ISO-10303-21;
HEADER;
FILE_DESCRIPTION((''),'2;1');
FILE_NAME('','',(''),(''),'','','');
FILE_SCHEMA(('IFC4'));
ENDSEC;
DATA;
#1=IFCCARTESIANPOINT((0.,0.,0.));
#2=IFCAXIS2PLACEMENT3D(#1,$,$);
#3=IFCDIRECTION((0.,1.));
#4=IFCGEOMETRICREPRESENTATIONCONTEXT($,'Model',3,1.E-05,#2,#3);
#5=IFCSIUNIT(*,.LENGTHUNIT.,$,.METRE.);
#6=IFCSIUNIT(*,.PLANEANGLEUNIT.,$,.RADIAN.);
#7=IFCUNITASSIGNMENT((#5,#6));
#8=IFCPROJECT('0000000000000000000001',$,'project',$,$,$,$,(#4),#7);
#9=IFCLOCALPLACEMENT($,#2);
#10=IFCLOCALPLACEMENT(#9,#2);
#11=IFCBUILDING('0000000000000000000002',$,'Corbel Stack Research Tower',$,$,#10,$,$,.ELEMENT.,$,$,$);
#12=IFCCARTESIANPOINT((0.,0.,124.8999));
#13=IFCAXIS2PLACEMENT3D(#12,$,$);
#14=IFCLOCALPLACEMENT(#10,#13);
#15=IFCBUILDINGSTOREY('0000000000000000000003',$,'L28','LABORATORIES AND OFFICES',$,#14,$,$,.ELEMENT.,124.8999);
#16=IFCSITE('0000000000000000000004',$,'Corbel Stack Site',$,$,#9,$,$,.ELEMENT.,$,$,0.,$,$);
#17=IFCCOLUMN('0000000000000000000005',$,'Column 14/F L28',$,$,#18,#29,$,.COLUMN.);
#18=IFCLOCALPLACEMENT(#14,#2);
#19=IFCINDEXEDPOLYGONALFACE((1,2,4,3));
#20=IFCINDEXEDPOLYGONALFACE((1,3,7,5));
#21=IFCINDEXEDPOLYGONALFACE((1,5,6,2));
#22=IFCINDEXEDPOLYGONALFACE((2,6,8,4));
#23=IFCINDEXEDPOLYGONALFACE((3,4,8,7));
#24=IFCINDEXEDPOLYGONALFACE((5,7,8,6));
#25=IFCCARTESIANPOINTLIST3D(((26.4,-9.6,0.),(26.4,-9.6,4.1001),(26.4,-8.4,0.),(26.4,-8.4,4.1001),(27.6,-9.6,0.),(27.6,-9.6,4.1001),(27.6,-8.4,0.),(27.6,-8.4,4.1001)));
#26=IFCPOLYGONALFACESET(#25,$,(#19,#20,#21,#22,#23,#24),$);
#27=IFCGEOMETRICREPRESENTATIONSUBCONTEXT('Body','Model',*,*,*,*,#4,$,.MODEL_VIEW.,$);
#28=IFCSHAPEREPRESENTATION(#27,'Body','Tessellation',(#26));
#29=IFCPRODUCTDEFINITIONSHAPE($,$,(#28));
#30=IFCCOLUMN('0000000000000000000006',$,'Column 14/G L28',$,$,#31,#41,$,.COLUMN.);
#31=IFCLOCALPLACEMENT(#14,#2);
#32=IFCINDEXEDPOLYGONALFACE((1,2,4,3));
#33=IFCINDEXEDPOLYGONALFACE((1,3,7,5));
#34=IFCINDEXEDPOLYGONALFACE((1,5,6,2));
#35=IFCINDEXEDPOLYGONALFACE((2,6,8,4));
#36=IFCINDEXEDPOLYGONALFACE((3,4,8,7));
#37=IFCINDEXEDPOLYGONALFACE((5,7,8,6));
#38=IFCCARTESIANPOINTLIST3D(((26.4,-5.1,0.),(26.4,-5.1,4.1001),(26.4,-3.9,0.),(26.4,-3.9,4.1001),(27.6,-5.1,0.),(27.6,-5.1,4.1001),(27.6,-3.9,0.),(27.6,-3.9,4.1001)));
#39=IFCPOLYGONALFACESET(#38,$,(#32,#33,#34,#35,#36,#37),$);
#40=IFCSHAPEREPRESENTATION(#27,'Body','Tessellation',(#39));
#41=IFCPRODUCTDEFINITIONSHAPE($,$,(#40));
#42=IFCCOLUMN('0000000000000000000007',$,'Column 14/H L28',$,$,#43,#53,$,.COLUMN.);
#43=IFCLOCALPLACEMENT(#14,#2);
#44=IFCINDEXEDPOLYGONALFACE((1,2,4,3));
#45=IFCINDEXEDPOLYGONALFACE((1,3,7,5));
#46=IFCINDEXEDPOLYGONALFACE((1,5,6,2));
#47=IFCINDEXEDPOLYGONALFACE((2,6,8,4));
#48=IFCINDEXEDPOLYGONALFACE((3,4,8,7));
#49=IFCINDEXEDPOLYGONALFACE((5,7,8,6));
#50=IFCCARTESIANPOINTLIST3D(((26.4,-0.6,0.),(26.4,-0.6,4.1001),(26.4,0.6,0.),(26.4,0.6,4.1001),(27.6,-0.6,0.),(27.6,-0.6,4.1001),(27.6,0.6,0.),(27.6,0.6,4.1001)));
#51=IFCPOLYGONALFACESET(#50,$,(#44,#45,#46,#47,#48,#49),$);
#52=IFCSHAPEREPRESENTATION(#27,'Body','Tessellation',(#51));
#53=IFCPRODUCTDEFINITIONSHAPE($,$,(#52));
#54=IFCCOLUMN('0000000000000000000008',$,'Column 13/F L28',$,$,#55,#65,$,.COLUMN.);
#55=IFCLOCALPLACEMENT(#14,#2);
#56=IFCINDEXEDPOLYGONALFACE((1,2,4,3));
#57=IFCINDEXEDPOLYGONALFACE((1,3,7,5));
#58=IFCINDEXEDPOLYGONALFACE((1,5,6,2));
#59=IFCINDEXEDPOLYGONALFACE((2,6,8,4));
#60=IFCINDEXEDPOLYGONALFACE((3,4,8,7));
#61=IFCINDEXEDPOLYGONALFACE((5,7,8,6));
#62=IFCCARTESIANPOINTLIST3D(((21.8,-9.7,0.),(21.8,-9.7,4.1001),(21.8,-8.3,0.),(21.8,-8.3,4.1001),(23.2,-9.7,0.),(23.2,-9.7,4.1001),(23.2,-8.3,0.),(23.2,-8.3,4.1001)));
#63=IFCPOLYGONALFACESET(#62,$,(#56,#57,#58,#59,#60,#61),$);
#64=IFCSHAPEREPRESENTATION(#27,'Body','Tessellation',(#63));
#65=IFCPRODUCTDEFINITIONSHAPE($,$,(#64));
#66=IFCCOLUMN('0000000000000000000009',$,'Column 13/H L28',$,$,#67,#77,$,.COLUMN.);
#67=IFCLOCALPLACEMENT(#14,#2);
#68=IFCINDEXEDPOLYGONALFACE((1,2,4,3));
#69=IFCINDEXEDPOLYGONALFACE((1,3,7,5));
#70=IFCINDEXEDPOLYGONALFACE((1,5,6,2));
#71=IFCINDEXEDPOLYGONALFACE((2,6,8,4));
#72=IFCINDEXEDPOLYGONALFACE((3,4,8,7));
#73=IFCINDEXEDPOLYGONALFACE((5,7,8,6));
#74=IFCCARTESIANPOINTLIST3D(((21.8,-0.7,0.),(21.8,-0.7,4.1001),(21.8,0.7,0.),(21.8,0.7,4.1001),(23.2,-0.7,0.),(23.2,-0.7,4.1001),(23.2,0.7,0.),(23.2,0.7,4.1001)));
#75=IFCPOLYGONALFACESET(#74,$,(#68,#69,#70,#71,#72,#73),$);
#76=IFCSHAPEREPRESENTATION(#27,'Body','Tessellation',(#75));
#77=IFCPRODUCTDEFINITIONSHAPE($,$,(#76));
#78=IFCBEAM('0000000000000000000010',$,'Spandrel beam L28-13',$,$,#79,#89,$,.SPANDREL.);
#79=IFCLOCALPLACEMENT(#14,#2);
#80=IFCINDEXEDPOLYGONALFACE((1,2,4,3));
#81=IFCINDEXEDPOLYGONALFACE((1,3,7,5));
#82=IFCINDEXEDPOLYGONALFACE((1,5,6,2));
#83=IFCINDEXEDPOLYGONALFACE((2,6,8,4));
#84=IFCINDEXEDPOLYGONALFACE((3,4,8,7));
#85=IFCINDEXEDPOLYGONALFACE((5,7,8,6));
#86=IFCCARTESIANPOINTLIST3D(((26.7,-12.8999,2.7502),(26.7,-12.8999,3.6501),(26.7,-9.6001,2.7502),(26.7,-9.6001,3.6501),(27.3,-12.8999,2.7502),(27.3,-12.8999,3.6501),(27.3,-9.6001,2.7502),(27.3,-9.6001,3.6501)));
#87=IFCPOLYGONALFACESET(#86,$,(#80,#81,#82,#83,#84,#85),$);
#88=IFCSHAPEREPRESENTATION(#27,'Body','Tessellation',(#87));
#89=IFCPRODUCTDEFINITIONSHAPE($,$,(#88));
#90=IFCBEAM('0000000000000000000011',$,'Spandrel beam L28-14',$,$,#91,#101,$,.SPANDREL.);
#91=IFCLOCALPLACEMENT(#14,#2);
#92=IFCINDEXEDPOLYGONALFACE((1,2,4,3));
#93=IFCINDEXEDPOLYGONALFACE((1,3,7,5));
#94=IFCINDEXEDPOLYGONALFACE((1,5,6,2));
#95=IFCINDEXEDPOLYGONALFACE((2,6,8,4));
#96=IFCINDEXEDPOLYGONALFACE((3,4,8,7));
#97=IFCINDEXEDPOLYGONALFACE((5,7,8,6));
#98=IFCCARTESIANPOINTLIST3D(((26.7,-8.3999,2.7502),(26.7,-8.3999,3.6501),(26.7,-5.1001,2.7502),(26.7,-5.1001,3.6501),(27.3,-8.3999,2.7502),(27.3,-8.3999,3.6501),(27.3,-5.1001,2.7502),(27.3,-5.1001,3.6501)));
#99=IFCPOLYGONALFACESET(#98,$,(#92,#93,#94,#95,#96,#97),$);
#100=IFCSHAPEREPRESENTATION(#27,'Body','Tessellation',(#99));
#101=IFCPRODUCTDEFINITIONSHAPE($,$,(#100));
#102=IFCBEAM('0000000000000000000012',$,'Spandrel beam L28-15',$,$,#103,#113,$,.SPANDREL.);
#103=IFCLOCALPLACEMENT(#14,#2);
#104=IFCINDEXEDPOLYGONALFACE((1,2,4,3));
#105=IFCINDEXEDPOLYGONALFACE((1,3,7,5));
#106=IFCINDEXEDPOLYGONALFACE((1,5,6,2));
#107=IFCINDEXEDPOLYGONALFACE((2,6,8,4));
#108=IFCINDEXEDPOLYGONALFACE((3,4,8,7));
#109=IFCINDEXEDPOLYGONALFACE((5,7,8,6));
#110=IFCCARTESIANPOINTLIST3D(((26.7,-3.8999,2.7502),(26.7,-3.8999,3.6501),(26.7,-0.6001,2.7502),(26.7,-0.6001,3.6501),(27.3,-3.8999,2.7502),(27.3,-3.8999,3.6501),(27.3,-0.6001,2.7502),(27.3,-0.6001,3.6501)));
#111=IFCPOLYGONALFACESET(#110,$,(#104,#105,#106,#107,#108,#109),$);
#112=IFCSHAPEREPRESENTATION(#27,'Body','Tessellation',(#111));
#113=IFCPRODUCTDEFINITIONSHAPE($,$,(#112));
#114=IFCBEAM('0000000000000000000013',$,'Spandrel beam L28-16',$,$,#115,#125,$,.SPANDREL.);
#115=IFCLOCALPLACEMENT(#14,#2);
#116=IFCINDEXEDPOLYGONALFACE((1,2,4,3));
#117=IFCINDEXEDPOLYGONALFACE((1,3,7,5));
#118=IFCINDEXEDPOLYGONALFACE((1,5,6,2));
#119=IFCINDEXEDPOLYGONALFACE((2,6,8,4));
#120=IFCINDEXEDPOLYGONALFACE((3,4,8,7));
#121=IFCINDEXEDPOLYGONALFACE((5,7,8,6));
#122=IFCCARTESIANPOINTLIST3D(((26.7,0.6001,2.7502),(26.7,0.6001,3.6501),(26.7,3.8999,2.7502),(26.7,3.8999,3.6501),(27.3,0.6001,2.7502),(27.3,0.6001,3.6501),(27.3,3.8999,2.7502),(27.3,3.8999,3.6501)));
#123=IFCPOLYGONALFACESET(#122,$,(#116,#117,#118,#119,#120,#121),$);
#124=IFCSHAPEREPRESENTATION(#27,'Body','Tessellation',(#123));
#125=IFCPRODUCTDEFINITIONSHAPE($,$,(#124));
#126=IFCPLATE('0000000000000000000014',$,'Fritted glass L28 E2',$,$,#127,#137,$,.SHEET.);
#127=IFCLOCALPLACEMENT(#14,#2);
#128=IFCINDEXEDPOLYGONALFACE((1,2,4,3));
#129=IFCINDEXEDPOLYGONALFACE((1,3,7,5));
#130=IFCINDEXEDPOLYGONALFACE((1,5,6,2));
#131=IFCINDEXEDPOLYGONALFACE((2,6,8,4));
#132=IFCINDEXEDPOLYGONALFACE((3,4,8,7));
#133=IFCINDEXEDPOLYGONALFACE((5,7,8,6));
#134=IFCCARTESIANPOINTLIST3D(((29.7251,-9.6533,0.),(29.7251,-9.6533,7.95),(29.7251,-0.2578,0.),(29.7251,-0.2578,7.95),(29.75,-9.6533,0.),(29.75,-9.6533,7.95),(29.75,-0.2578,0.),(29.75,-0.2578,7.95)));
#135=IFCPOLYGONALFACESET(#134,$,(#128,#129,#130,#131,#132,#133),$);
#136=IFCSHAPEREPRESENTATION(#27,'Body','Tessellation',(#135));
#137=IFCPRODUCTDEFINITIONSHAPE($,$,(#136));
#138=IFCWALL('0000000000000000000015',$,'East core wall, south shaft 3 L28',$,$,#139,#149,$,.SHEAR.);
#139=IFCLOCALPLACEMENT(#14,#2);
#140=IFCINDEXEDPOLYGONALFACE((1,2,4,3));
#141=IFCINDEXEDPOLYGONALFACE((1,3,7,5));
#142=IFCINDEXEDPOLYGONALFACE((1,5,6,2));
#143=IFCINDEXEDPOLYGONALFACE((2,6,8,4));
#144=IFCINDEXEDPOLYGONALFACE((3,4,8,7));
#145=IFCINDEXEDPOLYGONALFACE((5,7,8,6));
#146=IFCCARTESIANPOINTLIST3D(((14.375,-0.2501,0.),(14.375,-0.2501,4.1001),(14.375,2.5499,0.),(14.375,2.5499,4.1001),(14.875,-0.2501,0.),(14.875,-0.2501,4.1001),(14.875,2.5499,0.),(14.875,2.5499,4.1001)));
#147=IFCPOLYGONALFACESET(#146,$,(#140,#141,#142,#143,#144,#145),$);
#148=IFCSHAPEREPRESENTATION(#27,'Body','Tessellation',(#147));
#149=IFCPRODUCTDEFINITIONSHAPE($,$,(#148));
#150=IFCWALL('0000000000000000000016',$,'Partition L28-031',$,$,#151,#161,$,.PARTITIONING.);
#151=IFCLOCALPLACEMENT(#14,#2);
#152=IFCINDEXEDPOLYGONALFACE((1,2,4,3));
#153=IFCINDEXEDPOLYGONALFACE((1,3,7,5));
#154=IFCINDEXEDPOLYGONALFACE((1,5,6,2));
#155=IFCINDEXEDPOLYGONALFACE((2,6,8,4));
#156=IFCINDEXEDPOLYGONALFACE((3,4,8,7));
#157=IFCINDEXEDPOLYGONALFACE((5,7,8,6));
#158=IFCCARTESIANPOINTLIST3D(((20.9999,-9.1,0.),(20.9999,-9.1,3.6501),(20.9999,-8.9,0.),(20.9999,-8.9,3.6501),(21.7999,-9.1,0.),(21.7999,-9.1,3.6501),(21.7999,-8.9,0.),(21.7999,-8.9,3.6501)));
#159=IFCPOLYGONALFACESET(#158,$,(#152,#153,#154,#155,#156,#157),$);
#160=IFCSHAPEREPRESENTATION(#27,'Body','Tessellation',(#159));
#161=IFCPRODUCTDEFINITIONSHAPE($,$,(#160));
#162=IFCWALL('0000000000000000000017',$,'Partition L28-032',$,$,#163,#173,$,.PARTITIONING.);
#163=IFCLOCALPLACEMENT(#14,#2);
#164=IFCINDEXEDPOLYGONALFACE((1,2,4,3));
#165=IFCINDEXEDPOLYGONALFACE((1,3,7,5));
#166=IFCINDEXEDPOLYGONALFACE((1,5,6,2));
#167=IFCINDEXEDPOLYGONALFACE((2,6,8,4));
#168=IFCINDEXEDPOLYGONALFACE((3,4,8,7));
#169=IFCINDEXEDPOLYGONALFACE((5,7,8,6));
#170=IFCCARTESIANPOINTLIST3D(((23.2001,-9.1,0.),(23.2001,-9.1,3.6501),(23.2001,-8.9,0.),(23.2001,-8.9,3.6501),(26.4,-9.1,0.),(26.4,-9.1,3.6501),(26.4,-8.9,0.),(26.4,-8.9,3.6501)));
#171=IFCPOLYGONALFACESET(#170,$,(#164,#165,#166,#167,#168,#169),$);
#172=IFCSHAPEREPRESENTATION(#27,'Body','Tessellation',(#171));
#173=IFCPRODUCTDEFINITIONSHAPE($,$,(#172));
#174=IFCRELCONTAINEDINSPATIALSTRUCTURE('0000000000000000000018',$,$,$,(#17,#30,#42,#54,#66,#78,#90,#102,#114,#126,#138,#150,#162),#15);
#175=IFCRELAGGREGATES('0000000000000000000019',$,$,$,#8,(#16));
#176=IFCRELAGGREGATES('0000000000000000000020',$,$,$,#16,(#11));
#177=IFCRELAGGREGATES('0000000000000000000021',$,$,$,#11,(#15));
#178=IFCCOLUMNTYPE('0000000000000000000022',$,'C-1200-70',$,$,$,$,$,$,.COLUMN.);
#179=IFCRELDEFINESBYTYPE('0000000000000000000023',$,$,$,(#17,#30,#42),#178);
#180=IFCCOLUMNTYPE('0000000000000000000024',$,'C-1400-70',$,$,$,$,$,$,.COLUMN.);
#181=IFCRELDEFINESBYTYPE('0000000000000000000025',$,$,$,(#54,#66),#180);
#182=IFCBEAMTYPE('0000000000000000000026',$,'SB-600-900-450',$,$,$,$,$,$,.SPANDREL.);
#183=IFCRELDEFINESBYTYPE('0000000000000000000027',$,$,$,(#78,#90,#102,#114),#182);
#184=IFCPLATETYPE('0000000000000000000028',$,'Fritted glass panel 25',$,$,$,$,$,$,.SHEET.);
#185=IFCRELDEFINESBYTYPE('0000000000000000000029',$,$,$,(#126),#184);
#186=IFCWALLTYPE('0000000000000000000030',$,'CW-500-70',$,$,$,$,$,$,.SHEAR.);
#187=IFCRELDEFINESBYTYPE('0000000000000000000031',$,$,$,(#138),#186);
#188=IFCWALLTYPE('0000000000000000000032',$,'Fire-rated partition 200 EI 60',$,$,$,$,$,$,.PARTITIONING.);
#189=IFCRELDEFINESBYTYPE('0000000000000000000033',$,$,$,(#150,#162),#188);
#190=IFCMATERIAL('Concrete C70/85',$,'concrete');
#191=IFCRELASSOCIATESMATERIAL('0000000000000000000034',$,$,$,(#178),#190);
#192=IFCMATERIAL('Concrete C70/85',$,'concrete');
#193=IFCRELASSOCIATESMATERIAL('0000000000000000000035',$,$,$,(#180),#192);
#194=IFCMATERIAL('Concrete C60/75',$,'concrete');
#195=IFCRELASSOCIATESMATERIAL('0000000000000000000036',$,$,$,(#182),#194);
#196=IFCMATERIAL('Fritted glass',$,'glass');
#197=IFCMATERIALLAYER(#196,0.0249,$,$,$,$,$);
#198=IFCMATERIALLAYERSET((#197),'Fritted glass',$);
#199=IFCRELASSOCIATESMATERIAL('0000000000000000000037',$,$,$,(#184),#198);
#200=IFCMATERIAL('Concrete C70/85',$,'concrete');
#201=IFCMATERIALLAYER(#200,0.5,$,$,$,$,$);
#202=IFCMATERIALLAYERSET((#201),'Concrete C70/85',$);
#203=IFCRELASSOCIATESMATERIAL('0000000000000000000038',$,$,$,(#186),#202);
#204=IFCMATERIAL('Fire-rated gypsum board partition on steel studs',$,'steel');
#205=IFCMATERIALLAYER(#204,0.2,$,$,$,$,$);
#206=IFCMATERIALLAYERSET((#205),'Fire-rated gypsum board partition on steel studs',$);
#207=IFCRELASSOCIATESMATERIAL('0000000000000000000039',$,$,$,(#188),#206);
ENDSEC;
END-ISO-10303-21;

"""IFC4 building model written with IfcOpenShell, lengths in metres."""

from ifc_helpers import new_model, si_unit, direction, frame, frame_2d, origin, origin_2d, place, context, subcontext, project, spatial, rectangle, extrude, material, layer, layer_set, material_profile, profile_set, type_object, element, save


model = new_model("IFC4")

# Units and contexts
model_context = context("Model", 3, precision=1e-05, world=origin(), true_north=direction((0.0, 1.0)))
body_context = subcontext(model_context, "Body", "Model", "MODEL_VIEW")
ifc_project = project(units=[si_unit("LENGTHUNIT", "METRE"), si_unit("PLANEANGLEUNIT", "RADIAN")], contexts=[model_context])

# Site, building, storey
site_placement = place(None, origin())
site = spatial("IfcSite", under=ifc_project, at=site_placement, Name="Corbel Stack Site", CompositionType="ELEMENT", RefElevation=0.0)
building_placement = place(site_placement, origin())
building = spatial("IfcBuilding", under=site, at=building_placement, Name="Corbel Stack Research Tower", CompositionType="ELEMENT")
storey_placement = place(building_placement, frame((0.0, 0.0, 124.8999)))
storey = spatial("IfcBuildingStorey", under=building, at=storey_placement, Name="L28", Description="LABORATORIES AND OFFICES", CompositionType="ELEMENT", Elevation=124.8999)

# Columns
ifc_material_1 = material(Name="Concrete C70/85", Category="concrete")
ifc_material_profile_1 = material_profile(ifc_material_1, rectangle(XDim=1.2, YDim=1.2, at=origin_2d()), Name="RC 1200 x 1200")
ifc_profile_set_1 = profile_set([ifc_material_profile_1], Name="Concrete C70/85")
column_type_1 = type_object("IfcColumnType", Name="C-1200-70", PredefinedType="COLUMN", material=ifc_profile_set_1)
for number, where, z_axis, x_axis, name in (
    (1, (27.0, -9.0, 0.0), (0.0, 0.0, 1.0), (1.0, 0.0, 0.0), "Column 14/F L28"),
    (2, (27.0, -4.5, 0.0), (0.0, 0.0, 1.0), (1.0, 0.0, 0.0), "Column 14/G L28"),
    (3, (27.0, 0.0, 0.0), (0.0, 0.0, 1.0), (1.0, 0.0, 0.0), "Column 14/H L28"),
):
    element("IfcColumn", number, at=place(storey_placement, frame(where, z_axis=z_axis, x_axis=x_axis)), inside=storey, type_object=column_type_1, Name=name, PredefinedType="COLUMN", context=body_context, shape_type="SweptSolid", body=[
        extrude(rectangle(XDim=1.2, YDim=1.2, at=origin_2d()), origin(), (0.0, 0.0, 1.0), 4.1001),
    ])
ifc_material_2 = material(Name="Concrete C70/85", Category="concrete")
ifc_material_profile_2 = material_profile(ifc_material_2, rectangle(XDim=1.3999, YDim=1.3999, at=origin_2d()), Name="RC 1400 x 1400")
ifc_profile_set_2 = profile_set([ifc_material_profile_2], Name="Concrete C70/85")
column_type_2 = type_object("IfcColumnType", Name="C-1400-70", PredefinedType="COLUMN", material=ifc_profile_set_2)
for number, where, z_axis, x_axis, name in (
    (4, (22.5, -9.0, 0.0), (0.0, 0.0, 1.0), (1.0, 0.0, 0.0), "Column 13/F L28"),
    (5, (22.5, 0.0, 0.0), (0.0, 0.0, 1.0), (1.0, 0.0, 0.0), "Column 13/H L28"),
):
    element("IfcColumn", number, at=place(storey_placement, frame(where, z_axis=z_axis, x_axis=x_axis)), inside=storey, type_object=column_type_2, Name=name, PredefinedType="COLUMN", context=body_context, shape_type="SweptSolid", body=[
        extrude(rectangle(XDim=1.3999, YDim=1.3999, at=origin_2d()), origin(), (0.0, 0.0, 1.0), 4.1001),
    ])

# Beams
ifc_material_3 = material(Name="Concrete C60/75", Category="concrete")
ifc_material_profile_3 = material_profile(ifc_material_3, rectangle(XDim=0.6001, YDim=0.8999, at=origin_2d()), Name="RC 600 x 900")
ifc_profile_set_3 = profile_set([ifc_material_profile_3], Name="Concrete C60/75")
beam_type = type_object("IfcBeamType", Name="SB-600-900-450", PredefinedType="SPANDREL", material=ifc_profile_set_3)
for number, where, z_axis, x_axis, name in (
    (6, (27.0, -12.8999, 3.2002), (0.0, 1.0, 0.0), (-1.0, 0.0, 0.0), "Spandrel beam L28-13"),
    (7, (27.0, -8.3999, 3.2002), (0.0, 1.0, 0.0), (-1.0, 0.0, 0.0), "Spandrel beam L28-14"),
    (8, (27.0, -3.8999, 3.2002), (0.0, 1.0, 0.0), (-1.0, 0.0, 0.0), "Spandrel beam L28-15"),
    (9, (27.0, 0.6001, 3.2002), (0.0, 1.0, 0.0), (-1.0, 0.0, 0.0), "Spandrel beam L28-16"),
):
    element("IfcBeam", number, at=place(storey_placement, frame(where, z_axis=z_axis, x_axis=x_axis)), inside=storey, type_object=beam_type, Name=name, PredefinedType="SPANDREL", context=body_context, shape_type="SweptSolid", body=[
        extrude(rectangle(XDim=0.6001, YDim=0.8999, at=origin_2d()), origin(), (0.0, 0.0, 1.0), 3.2998),
    ])

# Plate
ifc_material_4 = material(Name="Fritted glass", Category="glass")
ifc_layer_1 = layer(ifc_material_4, 0.0249)
ifc_layer_set_1 = layer_set([ifc_layer_1], Name="Fritted glass")
plate_type = type_object("IfcPlateType", Name="Fritted glass panel 25", PredefinedType="SHEET", material=ifc_layer_set_1)
plate_placement = place(storey_placement, frame((29.7375, -4.9556, 0.0), z_axis=(0.0, 0.0, 1.0), x_axis=(0.0, 1.0, 0.0)))
element("IfcPlate", 10, at=plate_placement, inside=storey, type_object=plate_type, Name="Fritted glass L28 E2", PredefinedType="SHEET", context=body_context, shape_type="SweptSolid", body=[
    extrude(rectangle(XDim=9.3955, YDim=0.0249, at=origin_2d()), origin(), (0.0, 0.0, 1.0), 7.95),
])

# Wall
ifc_material_5 = material(Name="Concrete C70/85", Category="concrete")
ifc_layer_2 = layer(ifc_material_5, 0.5)
ifc_layer_set_2 = layer_set([ifc_layer_2], Name="Concrete C70/85")
wall_type_1 = type_object("IfcWallType", Name="CW-500-70", PredefinedType="SHEAR", material=ifc_layer_set_2)
wall_1_placement = place(storey_placement, frame((14.625, -0.25, 0.0), z_axis=(0.0, 0.0, 1.0), x_axis=(0.0, 1.0, 0.0)))
element("IfcWall", 11, at=wall_1_placement, inside=storey, type_object=wall_type_1, Name="East core wall, south shaft 3 L28", PredefinedType="SHEAR", context=body_context, shape_type="SweptSolid", body=[
    extrude(rectangle(XDim=2.8, YDim=0.5, at=frame_2d((1.3999, 0.0))), origin(), (0.0, 0.0, 1.0), 4.1001),
])

# Walls
ifc_material_6 = material(Name="Fire-rated gypsum board partition on steel studs", Category="steel")
ifc_layer_3 = layer(ifc_material_6, 0.2)
ifc_layer_set_3 = layer_set([ifc_layer_3], Name="Fire-rated gypsum board partition on steel studs")
wall_type_2 = type_object("IfcWallType", Name="Fire-rated partition 200 EI 60", PredefinedType="PARTITIONING", material=ifc_layer_set_3)
wall_2_placement = place(storey_placement, frame((21.0, -9.0, 0.0), z_axis=(0.0, 0.0, 1.0), x_axis=(1.0, 0.0, 0.0)))
element("IfcWall", 12, at=wall_2_placement, inside=storey, type_object=wall_type_2, Name="Partition L28-031", PredefinedType="PARTITIONING", context=body_context, shape_type="SweptSolid", body=[
    extrude(rectangle(XDim=0.8, YDim=0.2, at=frame_2d((0.3999, 0.0))), origin(), (0.0, 0.0, 1.0), 3.6501),
])
wall_3_placement = place(storey_placement, frame((23.2, -9.0, 0.0), z_axis=(0.0, 0.0, 1.0), x_axis=(1.0, 0.0, 0.0)))
element("IfcWall", 13, at=wall_3_placement, inside=storey, type_object=wall_type_2, Name="Partition L28-032", PredefinedType="PARTITIONING", context=body_context, shape_type="SweptSolid", body=[
    extrude(rectangle(XDim=3.2, YDim=0.2, at=frame_2d((1.6001, 0.0))), origin(), (0.0, 0.0, 1.0), 3.6501),
])

save(model, "model.ifc")
